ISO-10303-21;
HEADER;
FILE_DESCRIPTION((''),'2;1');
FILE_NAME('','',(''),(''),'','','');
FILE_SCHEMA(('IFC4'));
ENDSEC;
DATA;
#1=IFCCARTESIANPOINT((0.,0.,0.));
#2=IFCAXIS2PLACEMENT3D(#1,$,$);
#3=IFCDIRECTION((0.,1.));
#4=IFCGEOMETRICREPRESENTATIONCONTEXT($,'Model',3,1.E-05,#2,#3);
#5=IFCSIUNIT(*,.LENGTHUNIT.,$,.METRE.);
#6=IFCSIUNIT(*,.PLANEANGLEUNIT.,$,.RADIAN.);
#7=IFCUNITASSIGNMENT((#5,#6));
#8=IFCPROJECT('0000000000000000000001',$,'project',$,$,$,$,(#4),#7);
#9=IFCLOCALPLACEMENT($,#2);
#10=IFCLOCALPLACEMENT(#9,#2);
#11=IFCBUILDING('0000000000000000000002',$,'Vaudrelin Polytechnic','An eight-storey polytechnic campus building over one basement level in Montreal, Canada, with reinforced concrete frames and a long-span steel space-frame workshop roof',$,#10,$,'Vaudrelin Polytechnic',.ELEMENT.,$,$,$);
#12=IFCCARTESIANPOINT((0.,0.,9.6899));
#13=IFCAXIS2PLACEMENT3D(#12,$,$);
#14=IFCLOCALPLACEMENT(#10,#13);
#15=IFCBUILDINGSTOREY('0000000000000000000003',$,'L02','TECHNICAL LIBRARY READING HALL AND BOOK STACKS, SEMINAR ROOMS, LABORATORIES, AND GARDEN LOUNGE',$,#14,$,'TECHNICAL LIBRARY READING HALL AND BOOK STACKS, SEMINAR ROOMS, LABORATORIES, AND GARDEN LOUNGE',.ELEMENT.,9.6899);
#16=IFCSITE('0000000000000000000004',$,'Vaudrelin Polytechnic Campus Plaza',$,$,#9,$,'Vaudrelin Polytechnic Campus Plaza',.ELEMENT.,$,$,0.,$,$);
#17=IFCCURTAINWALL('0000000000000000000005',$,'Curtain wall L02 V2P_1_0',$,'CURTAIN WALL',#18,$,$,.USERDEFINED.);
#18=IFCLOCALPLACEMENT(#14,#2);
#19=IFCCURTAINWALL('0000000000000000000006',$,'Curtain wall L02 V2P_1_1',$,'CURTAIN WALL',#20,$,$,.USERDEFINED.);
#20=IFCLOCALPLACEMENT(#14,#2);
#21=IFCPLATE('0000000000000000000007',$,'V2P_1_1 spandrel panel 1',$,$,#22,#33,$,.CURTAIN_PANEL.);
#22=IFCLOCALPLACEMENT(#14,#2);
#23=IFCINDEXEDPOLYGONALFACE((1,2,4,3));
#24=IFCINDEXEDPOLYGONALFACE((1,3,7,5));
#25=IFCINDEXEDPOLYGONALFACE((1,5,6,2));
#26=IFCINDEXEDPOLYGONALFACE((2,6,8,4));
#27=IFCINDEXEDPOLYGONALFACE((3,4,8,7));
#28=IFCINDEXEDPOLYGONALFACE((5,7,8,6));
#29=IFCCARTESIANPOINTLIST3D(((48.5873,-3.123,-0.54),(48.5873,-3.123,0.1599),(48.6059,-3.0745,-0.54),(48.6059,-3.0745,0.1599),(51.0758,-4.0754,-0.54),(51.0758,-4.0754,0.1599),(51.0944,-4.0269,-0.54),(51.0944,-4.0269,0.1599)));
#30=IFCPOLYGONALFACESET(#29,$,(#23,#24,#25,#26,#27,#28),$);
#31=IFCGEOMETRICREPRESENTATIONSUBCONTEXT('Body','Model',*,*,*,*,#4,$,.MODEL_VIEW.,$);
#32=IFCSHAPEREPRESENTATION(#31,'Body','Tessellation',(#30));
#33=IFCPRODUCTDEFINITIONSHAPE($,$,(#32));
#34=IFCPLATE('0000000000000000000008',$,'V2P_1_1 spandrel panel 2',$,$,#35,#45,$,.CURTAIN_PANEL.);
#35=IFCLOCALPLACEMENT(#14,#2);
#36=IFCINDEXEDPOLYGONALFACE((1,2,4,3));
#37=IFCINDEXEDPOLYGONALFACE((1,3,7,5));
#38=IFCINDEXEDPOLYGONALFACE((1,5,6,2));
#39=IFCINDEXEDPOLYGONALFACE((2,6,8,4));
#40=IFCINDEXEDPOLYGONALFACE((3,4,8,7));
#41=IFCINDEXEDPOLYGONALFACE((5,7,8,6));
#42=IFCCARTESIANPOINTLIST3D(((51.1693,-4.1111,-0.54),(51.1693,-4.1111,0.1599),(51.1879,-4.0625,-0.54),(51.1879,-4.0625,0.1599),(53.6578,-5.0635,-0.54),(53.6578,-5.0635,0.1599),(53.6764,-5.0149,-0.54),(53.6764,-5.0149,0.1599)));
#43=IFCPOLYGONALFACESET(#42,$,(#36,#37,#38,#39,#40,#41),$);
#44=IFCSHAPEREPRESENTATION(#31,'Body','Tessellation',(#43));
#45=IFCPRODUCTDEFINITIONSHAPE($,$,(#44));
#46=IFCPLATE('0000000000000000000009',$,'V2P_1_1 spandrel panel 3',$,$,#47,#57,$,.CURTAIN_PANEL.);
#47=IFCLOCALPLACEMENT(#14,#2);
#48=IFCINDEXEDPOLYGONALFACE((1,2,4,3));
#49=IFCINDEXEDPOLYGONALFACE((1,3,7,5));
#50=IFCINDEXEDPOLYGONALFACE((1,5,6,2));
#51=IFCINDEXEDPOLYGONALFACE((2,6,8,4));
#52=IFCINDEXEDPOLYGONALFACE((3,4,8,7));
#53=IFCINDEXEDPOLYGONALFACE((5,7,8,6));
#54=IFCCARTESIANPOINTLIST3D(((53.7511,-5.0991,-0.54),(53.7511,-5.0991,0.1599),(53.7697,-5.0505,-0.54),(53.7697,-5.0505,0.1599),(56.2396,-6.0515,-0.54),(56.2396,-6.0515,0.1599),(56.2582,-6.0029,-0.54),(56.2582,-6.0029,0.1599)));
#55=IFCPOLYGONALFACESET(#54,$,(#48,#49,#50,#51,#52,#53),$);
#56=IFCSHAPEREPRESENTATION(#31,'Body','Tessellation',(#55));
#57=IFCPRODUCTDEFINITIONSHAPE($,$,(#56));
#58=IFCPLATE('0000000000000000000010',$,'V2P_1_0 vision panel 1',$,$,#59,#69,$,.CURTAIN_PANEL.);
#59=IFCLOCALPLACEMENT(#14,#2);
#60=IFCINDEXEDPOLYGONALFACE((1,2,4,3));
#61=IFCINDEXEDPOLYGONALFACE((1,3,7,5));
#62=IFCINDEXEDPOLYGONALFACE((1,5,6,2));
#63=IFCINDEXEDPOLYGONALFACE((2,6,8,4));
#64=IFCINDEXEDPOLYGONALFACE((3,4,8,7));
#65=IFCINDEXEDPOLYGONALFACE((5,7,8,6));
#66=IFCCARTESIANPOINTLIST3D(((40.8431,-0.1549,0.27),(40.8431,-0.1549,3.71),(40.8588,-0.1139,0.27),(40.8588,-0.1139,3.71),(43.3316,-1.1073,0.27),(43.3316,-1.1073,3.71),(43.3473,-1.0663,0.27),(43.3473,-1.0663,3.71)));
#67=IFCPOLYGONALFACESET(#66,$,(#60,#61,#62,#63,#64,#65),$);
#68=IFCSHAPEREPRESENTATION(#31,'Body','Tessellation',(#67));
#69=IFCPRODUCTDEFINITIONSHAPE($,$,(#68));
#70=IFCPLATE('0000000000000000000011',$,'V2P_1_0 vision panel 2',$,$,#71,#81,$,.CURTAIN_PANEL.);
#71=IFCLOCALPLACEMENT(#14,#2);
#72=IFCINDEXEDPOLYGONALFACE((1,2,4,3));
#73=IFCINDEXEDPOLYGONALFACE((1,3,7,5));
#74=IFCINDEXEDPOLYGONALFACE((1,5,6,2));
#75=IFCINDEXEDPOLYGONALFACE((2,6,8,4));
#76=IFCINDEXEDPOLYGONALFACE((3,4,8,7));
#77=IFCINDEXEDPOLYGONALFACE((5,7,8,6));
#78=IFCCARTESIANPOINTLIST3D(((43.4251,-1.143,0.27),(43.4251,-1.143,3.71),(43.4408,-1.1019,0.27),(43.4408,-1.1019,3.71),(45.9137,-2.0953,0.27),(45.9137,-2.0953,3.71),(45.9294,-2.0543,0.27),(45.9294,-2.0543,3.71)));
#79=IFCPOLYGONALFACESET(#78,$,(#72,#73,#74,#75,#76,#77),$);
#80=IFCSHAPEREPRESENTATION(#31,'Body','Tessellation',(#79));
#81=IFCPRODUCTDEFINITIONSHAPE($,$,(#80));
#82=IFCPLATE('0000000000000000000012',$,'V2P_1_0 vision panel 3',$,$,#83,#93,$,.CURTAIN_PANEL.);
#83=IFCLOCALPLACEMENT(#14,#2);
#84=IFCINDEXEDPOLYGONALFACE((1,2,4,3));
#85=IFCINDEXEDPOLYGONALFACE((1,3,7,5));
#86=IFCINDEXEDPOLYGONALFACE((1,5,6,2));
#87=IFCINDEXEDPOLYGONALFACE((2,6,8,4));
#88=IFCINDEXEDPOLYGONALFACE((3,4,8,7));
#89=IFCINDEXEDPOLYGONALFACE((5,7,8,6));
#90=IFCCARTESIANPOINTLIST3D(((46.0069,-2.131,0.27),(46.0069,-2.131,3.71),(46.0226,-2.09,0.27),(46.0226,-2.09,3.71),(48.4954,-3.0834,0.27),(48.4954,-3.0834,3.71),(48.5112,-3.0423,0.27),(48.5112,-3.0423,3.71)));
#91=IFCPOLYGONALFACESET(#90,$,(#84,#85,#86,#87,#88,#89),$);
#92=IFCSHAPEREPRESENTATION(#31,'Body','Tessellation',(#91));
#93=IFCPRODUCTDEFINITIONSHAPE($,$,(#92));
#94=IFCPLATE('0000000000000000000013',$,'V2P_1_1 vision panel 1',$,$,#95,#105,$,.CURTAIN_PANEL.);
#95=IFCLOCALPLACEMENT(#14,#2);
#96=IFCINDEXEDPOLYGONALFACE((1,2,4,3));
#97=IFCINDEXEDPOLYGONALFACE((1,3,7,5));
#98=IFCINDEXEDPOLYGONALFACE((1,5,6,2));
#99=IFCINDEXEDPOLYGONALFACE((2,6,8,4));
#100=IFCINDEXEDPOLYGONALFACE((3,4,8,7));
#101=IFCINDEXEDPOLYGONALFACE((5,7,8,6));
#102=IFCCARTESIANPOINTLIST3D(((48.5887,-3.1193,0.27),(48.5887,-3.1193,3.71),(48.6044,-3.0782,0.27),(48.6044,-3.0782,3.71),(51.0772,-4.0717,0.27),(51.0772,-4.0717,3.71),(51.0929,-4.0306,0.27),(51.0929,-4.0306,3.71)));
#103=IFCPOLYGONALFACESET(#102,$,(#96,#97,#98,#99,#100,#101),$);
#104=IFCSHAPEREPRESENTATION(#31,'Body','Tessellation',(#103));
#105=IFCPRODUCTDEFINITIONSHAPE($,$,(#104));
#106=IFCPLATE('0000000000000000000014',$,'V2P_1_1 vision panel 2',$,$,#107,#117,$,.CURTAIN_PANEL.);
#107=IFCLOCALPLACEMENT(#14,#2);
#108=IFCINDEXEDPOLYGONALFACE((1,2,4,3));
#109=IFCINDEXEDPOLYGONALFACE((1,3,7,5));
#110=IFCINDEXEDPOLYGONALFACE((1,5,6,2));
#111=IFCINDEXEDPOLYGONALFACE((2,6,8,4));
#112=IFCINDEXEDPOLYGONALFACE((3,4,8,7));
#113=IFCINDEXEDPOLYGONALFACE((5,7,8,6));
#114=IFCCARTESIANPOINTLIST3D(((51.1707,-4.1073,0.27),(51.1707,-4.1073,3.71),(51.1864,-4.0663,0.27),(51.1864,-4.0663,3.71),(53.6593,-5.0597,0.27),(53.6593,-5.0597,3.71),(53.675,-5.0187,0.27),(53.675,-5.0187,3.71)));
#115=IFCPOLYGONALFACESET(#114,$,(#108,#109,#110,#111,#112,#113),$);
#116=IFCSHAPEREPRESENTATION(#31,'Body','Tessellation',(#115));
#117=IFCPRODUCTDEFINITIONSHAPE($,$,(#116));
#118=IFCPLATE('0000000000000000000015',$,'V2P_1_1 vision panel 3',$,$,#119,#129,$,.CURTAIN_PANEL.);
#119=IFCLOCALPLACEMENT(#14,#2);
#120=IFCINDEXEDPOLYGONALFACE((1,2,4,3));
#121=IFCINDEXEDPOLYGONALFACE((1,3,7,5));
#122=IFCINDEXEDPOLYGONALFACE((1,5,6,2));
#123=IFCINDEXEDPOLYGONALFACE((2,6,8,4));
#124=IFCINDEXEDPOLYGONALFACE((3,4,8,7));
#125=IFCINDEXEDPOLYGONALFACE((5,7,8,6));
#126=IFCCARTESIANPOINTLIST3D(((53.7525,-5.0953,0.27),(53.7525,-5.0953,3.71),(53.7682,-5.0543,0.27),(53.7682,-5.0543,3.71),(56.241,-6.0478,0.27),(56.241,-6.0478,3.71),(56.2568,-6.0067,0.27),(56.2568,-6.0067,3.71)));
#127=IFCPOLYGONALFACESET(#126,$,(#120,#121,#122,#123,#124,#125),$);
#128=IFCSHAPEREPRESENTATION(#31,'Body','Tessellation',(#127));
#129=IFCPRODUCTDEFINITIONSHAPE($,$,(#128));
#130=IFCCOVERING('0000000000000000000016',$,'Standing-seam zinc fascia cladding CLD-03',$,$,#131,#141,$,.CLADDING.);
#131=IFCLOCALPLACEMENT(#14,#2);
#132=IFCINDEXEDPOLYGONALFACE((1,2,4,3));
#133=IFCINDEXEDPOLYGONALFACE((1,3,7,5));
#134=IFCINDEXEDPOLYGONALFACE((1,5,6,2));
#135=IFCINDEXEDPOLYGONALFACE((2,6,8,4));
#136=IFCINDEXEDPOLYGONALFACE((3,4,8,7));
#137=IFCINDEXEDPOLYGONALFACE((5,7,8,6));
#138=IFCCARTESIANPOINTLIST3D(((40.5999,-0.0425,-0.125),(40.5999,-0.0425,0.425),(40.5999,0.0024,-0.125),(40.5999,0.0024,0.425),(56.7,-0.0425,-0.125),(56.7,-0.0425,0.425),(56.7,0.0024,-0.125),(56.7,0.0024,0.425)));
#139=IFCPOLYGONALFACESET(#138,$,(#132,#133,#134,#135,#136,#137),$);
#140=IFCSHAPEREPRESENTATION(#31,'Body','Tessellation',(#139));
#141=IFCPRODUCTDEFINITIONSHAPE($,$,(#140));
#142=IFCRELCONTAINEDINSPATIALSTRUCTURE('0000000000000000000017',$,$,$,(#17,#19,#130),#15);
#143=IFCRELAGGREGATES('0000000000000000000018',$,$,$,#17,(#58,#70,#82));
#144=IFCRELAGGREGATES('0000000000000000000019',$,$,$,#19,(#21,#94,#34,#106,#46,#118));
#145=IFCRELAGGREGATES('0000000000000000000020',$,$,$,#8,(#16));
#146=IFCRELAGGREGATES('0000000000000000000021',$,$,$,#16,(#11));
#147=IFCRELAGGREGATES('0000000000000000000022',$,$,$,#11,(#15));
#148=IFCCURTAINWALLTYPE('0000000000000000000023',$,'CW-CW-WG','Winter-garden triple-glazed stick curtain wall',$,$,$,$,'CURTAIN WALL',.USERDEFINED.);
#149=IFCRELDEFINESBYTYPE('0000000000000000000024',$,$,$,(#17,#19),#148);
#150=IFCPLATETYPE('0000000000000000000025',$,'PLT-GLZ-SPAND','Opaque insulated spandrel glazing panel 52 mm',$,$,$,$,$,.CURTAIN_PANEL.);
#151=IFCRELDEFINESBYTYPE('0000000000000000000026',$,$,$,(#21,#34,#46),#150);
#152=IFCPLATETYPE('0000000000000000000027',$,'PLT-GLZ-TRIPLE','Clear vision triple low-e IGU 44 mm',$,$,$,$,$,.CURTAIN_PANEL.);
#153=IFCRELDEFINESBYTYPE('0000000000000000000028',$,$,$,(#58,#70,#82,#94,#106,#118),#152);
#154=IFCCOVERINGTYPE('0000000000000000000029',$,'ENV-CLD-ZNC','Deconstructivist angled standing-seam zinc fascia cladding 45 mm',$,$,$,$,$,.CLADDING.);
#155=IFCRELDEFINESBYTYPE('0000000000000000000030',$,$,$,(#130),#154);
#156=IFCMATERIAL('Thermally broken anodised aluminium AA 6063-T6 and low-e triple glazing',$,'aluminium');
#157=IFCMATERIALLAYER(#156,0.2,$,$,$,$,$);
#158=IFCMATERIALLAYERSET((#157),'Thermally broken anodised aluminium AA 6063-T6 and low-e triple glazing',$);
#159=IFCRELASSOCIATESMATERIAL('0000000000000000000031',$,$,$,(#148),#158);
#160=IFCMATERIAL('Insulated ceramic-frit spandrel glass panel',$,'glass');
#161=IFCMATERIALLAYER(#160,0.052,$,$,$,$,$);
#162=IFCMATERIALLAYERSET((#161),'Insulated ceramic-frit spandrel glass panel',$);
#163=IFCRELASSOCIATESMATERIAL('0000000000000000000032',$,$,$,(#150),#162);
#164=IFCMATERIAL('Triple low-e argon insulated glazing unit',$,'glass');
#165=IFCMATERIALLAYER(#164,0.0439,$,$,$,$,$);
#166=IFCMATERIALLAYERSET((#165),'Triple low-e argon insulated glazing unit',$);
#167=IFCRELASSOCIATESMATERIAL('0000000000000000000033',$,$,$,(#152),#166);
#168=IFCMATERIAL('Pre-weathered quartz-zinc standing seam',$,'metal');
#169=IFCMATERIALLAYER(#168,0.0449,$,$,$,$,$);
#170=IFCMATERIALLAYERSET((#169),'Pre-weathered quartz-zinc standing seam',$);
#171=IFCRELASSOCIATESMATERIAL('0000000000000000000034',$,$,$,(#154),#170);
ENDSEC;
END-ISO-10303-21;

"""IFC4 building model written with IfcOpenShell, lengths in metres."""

from ifc_helpers import new_model, si_unit, direction, frame, origin, origin_2d, place, context, subcontext, project, spatial, rectangle, extrude, material, layer, layer_set, type_object, element, aggregate, save


model = new_model("IFC4")

# Units and contexts
model_context = context("Model", 3, precision=1e-05, world=origin(), true_north=direction((0.0, 1.0)))
body_context = subcontext(model_context, "Body", "Model", "MODEL_VIEW")
ifc_project = project(units=[si_unit("LENGTHUNIT", "METRE"), si_unit("PLANEANGLEUNIT", "RADIAN")], contexts=[model_context])

# Site, building, storey
site_placement = place(None, origin())
site = spatial("IfcSite", under=ifc_project, at=site_placement, Name="Vaudrelin Polytechnic Campus Plaza", LongName="Vaudrelin Polytechnic Campus Plaza", CompositionType="ELEMENT", RefElevation=0.0)
building_placement = place(site_placement, origin())
building = spatial("IfcBuilding", under=site, at=building_placement, Name="Vaudrelin Polytechnic", Description="An eight-storey polytechnic campus building over one basement level in Montreal, Canada, with reinforced concrete frames and a long-span steel space-frame workshop roof", LongName="Vaudrelin Polytechnic", CompositionType="ELEMENT")
storey_placement = place(building_placement, frame((0.0, 0.0, 9.6899)))
storey = spatial("IfcBuildingStorey", under=building, at=storey_placement, Name="L02", Description="TECHNICAL LIBRARY READING HALL AND BOOK STACKS, SEMINAR ROOMS, LABORATORIES, AND GARDEN LOUNGE", LongName="TECHNICAL LIBRARY READING HALL AND BOOK STACKS, SEMINAR ROOMS, LABORATORIES, AND GARDEN LOUNGE", CompositionType="ELEMENT", Elevation=9.6899)

# Curtain walls
ifc_material_1 = material(Name="Thermally broken anodised aluminium AA 6063-T6 and low-e triple glazing", Category="aluminium")
ifc_layer_1 = layer(ifc_material_1, 0.2)
ifc_layer_set_1 = layer_set([ifc_layer_1], Name="Thermally broken anodised aluminium AA 6063-T6 and low-e triple glazing")
curtain_wall_type = type_object("IfcCurtainWallType", Name="CW-CW-WG", Description="Winter-garden triple-glazed stick curtain wall", ElementType="CURTAIN WALL", PredefinedType="USERDEFINED", material=ifc_layer_set_1)
curtain_wall_1_placement = place(storey_placement, origin())
curtain_wall_1 = element("IfcCurtainWall", 1, at=curtain_wall_1_placement, inside=storey, type_object=curtain_wall_type, Name="Curtain wall L02 V2P_1_0", ObjectType="CURTAIN WALL", PredefinedType="USERDEFINED")
curtain_wall_2_placement = place(storey_placement, origin())
curtain_wall_2 = element("IfcCurtainWall", 2, at=curtain_wall_2_placement, inside=storey, type_object=curtain_wall_type, Name="Curtain wall L02 V2P_1_1", ObjectType="CURTAIN WALL", PredefinedType="USERDEFINED")

# Plates
ifc_material_2 = material(Name="Insulated ceramic-frit spandrel glass panel", Category="glass")
ifc_layer_2 = layer(ifc_material_2, 0.052)
ifc_layer_set_2 = layer_set([ifc_layer_2], Name="Insulated ceramic-frit spandrel glass panel")
plate_type_1 = type_object("IfcPlateType", Name="PLT-GLZ-SPAND", Description="Opaque insulated spandrel glazing panel 52 mm", PredefinedType="CURTAIN_PANEL", material=ifc_layer_set_2)
plate_1_placement = place(storey_placement, frame((49.8408, -3.575, -0.54), z_axis=(0.0, 0.0, 1.0), x_axis=(0.933937, -0.357437, 0.0)))
plate_1 = element("IfcPlate", 3, at=plate_1_placement, type_object=plate_type_1, Name="V2P_1_1 spandrel panel 1", PredefinedType="CURTAIN_PANEL", context=body_context, shape_type="SweptSolid", body=[
    extrude(rectangle(XDim=2.6646, YDim=0.052, at=origin_2d()), origin(), (0.0, 0.0, 1.0), 0.7),
])
plate_2_placement = place(storey_placement, frame((52.4229, -4.563, -0.54), z_axis=(0.0, 0.0, 1.0), x_axis=(0.933937, -0.357437, 0.0)))
plate_2 = element("IfcPlate", 4, at=plate_2_placement, type_object=plate_type_1, Name="V2P_1_1 spandrel panel 2", PredefinedType="CURTAIN_PANEL", context=body_context, shape_type="SweptSolid", body=[
    extrude(rectangle(XDim=2.6646, YDim=0.052, at=origin_2d()), origin(), (0.0, 0.0, 1.0), 0.7),
])
plate_3_placement = place(storey_placement, frame((55.0046, -5.551, -0.54), z_axis=(0.0, 0.0, 1.0), x_axis=(0.933937, -0.357437, 0.0)))
plate_3 = element("IfcPlate", 5, at=plate_3_placement, type_object=plate_type_1, Name="V2P_1_1 spandrel panel 3", PredefinedType="CURTAIN_PANEL", context=body_context, shape_type="SweptSolid", body=[
    extrude(rectangle(XDim=2.6646, YDim=0.052, at=origin_2d()), origin(), (0.0, 0.0, 1.0), 0.7),
])
ifc_material_3 = material(Name="Triple low-e argon insulated glazing unit", Category="glass")
ifc_layer_3 = layer(ifc_material_3, 0.0439)
ifc_layer_set_3 = layer_set([ifc_layer_3], Name="Triple low-e argon insulated glazing unit")
plate_type_2 = type_object("IfcPlateType", Name="PLT-GLZ-TRIPLE", Description="Clear vision triple low-e IGU 44 mm", PredefinedType="CURTAIN_PANEL", material=ifc_layer_set_3)
plate_4_placement = place(storey_placement, frame((42.0952, -0.6106, 0.27), z_axis=(0.0, 0.0, 1.0), x_axis=(0.933941, -0.357426, 0.0)))
plate_4 = element("IfcPlate", 6, at=plate_4_placement, type_object=plate_type_2, Name="V2P_1_0 vision panel 1", PredefinedType="CURTAIN_PANEL", context=body_context, shape_type="SweptSolid", body=[
    extrude(rectangle(XDim=2.6646, YDim=0.0439, at=origin_2d()), origin(), (0.0, 0.0, 1.0), 3.4399),
])
plate_5_placement = place(storey_placement, frame((44.6772, -1.5986, 0.27), z_axis=(0.0, 0.0, 1.0), x_axis=(0.933941, -0.357426, 0.0)))
plate_5 = element("IfcPlate", 7, at=plate_5_placement, type_object=plate_type_2, Name="V2P_1_0 vision panel 2", PredefinedType="CURTAIN_PANEL", context=body_context, shape_type="SweptSolid", body=[
    extrude(rectangle(XDim=2.6646, YDim=0.0439, at=origin_2d()), origin(), (0.0, 0.0, 1.0), 3.4399),
])
plate_6_placement = place(storey_placement, frame((47.259, -2.5867, 0.27), z_axis=(0.0, 0.0, 1.0), x_axis=(0.933941, -0.357426, 0.0)))
plate_6 = element("IfcPlate", 8, at=plate_6_placement, type_object=plate_type_2, Name="V2P_1_0 vision panel 3", PredefinedType="CURTAIN_PANEL", context=body_context, shape_type="SweptSolid", body=[
    extrude(rectangle(XDim=2.6646, YDim=0.0439, at=origin_2d()), origin(), (0.0, 0.0, 1.0), 3.4399),
])
aggregate(curtain_wall_1, [plate_4, plate_5, plate_6])
plate_7_placement = place(storey_placement, frame((49.8408, -3.575, 0.27), z_axis=(0.0, 0.0, 1.0), x_axis=(0.933937, -0.357437, 0.0)))
plate_7 = element("IfcPlate", 9, at=plate_7_placement, type_object=plate_type_2, Name="V2P_1_1 vision panel 1", PredefinedType="CURTAIN_PANEL", context=body_context, shape_type="SweptSolid", body=[
    extrude(rectangle(XDim=2.6646, YDim=0.0439, at=origin_2d()), origin(), (0.0, 0.0, 1.0), 3.4399),
])
plate_8_placement = place(storey_placement, frame((52.4229, -4.563, 0.27), z_axis=(0.0, 0.0, 1.0), x_axis=(0.933937, -0.357437, 0.0)))
plate_8 = element("IfcPlate", 10, at=plate_8_placement, type_object=plate_type_2, Name="V2P_1_1 vision panel 2", PredefinedType="CURTAIN_PANEL", context=body_context, shape_type="SweptSolid", body=[
    extrude(rectangle(XDim=2.6646, YDim=0.0439, at=origin_2d()), origin(), (0.0, 0.0, 1.0), 3.4399),
])
plate_9_placement = place(storey_placement, frame((55.0046, -5.551, 0.27), z_axis=(0.0, 0.0, 1.0), x_axis=(0.933937, -0.357437, 0.0)))
plate_9 = element("IfcPlate", 11, at=plate_9_placement, type_object=plate_type_2, Name="V2P_1_1 vision panel 3", PredefinedType="CURTAIN_PANEL", context=body_context, shape_type="SweptSolid", body=[
    extrude(rectangle(XDim=2.6646, YDim=0.0439, at=origin_2d()), origin(), (0.0, 0.0, 1.0), 3.4399),
])
aggregate(curtain_wall_2, [plate_1, plate_7, plate_2, plate_8, plate_3, plate_9])

# Covering
ifc_material_4 = material(Name="Pre-weathered quartz-zinc standing seam", Category="metal")
ifc_layer_4 = layer(ifc_material_4, 0.0449)
ifc_layer_set_4 = layer_set([ifc_layer_4], Name="Pre-weathered quartz-zinc standing seam")
covering_type = type_object("IfcCoveringType", Name="ENV-CLD-ZNC", Description="Deconstructivist angled standing-seam zinc fascia cladding 45 mm", PredefinedType="CLADDING", material=ifc_layer_set_4)
covering_placement = place(storey_placement, frame((48.6499, -0.02, -0.125), z_axis=(0.0, 0.0, 1.0), x_axis=(1.0, 0.0, 0.0)))
element("IfcCovering", 12, at=covering_placement, inside=storey, type_object=covering_type, Name="Standing-seam zinc fascia cladding CLD-03", PredefinedType="CLADDING", context=body_context, shape_type="SweptSolid", body=[
    extrude(rectangle(XDim=16.1001, YDim=0.0449, at=origin_2d()), origin(), (0.0, 0.0, 1.0), 0.55),
])

save(model, "model.ifc")
